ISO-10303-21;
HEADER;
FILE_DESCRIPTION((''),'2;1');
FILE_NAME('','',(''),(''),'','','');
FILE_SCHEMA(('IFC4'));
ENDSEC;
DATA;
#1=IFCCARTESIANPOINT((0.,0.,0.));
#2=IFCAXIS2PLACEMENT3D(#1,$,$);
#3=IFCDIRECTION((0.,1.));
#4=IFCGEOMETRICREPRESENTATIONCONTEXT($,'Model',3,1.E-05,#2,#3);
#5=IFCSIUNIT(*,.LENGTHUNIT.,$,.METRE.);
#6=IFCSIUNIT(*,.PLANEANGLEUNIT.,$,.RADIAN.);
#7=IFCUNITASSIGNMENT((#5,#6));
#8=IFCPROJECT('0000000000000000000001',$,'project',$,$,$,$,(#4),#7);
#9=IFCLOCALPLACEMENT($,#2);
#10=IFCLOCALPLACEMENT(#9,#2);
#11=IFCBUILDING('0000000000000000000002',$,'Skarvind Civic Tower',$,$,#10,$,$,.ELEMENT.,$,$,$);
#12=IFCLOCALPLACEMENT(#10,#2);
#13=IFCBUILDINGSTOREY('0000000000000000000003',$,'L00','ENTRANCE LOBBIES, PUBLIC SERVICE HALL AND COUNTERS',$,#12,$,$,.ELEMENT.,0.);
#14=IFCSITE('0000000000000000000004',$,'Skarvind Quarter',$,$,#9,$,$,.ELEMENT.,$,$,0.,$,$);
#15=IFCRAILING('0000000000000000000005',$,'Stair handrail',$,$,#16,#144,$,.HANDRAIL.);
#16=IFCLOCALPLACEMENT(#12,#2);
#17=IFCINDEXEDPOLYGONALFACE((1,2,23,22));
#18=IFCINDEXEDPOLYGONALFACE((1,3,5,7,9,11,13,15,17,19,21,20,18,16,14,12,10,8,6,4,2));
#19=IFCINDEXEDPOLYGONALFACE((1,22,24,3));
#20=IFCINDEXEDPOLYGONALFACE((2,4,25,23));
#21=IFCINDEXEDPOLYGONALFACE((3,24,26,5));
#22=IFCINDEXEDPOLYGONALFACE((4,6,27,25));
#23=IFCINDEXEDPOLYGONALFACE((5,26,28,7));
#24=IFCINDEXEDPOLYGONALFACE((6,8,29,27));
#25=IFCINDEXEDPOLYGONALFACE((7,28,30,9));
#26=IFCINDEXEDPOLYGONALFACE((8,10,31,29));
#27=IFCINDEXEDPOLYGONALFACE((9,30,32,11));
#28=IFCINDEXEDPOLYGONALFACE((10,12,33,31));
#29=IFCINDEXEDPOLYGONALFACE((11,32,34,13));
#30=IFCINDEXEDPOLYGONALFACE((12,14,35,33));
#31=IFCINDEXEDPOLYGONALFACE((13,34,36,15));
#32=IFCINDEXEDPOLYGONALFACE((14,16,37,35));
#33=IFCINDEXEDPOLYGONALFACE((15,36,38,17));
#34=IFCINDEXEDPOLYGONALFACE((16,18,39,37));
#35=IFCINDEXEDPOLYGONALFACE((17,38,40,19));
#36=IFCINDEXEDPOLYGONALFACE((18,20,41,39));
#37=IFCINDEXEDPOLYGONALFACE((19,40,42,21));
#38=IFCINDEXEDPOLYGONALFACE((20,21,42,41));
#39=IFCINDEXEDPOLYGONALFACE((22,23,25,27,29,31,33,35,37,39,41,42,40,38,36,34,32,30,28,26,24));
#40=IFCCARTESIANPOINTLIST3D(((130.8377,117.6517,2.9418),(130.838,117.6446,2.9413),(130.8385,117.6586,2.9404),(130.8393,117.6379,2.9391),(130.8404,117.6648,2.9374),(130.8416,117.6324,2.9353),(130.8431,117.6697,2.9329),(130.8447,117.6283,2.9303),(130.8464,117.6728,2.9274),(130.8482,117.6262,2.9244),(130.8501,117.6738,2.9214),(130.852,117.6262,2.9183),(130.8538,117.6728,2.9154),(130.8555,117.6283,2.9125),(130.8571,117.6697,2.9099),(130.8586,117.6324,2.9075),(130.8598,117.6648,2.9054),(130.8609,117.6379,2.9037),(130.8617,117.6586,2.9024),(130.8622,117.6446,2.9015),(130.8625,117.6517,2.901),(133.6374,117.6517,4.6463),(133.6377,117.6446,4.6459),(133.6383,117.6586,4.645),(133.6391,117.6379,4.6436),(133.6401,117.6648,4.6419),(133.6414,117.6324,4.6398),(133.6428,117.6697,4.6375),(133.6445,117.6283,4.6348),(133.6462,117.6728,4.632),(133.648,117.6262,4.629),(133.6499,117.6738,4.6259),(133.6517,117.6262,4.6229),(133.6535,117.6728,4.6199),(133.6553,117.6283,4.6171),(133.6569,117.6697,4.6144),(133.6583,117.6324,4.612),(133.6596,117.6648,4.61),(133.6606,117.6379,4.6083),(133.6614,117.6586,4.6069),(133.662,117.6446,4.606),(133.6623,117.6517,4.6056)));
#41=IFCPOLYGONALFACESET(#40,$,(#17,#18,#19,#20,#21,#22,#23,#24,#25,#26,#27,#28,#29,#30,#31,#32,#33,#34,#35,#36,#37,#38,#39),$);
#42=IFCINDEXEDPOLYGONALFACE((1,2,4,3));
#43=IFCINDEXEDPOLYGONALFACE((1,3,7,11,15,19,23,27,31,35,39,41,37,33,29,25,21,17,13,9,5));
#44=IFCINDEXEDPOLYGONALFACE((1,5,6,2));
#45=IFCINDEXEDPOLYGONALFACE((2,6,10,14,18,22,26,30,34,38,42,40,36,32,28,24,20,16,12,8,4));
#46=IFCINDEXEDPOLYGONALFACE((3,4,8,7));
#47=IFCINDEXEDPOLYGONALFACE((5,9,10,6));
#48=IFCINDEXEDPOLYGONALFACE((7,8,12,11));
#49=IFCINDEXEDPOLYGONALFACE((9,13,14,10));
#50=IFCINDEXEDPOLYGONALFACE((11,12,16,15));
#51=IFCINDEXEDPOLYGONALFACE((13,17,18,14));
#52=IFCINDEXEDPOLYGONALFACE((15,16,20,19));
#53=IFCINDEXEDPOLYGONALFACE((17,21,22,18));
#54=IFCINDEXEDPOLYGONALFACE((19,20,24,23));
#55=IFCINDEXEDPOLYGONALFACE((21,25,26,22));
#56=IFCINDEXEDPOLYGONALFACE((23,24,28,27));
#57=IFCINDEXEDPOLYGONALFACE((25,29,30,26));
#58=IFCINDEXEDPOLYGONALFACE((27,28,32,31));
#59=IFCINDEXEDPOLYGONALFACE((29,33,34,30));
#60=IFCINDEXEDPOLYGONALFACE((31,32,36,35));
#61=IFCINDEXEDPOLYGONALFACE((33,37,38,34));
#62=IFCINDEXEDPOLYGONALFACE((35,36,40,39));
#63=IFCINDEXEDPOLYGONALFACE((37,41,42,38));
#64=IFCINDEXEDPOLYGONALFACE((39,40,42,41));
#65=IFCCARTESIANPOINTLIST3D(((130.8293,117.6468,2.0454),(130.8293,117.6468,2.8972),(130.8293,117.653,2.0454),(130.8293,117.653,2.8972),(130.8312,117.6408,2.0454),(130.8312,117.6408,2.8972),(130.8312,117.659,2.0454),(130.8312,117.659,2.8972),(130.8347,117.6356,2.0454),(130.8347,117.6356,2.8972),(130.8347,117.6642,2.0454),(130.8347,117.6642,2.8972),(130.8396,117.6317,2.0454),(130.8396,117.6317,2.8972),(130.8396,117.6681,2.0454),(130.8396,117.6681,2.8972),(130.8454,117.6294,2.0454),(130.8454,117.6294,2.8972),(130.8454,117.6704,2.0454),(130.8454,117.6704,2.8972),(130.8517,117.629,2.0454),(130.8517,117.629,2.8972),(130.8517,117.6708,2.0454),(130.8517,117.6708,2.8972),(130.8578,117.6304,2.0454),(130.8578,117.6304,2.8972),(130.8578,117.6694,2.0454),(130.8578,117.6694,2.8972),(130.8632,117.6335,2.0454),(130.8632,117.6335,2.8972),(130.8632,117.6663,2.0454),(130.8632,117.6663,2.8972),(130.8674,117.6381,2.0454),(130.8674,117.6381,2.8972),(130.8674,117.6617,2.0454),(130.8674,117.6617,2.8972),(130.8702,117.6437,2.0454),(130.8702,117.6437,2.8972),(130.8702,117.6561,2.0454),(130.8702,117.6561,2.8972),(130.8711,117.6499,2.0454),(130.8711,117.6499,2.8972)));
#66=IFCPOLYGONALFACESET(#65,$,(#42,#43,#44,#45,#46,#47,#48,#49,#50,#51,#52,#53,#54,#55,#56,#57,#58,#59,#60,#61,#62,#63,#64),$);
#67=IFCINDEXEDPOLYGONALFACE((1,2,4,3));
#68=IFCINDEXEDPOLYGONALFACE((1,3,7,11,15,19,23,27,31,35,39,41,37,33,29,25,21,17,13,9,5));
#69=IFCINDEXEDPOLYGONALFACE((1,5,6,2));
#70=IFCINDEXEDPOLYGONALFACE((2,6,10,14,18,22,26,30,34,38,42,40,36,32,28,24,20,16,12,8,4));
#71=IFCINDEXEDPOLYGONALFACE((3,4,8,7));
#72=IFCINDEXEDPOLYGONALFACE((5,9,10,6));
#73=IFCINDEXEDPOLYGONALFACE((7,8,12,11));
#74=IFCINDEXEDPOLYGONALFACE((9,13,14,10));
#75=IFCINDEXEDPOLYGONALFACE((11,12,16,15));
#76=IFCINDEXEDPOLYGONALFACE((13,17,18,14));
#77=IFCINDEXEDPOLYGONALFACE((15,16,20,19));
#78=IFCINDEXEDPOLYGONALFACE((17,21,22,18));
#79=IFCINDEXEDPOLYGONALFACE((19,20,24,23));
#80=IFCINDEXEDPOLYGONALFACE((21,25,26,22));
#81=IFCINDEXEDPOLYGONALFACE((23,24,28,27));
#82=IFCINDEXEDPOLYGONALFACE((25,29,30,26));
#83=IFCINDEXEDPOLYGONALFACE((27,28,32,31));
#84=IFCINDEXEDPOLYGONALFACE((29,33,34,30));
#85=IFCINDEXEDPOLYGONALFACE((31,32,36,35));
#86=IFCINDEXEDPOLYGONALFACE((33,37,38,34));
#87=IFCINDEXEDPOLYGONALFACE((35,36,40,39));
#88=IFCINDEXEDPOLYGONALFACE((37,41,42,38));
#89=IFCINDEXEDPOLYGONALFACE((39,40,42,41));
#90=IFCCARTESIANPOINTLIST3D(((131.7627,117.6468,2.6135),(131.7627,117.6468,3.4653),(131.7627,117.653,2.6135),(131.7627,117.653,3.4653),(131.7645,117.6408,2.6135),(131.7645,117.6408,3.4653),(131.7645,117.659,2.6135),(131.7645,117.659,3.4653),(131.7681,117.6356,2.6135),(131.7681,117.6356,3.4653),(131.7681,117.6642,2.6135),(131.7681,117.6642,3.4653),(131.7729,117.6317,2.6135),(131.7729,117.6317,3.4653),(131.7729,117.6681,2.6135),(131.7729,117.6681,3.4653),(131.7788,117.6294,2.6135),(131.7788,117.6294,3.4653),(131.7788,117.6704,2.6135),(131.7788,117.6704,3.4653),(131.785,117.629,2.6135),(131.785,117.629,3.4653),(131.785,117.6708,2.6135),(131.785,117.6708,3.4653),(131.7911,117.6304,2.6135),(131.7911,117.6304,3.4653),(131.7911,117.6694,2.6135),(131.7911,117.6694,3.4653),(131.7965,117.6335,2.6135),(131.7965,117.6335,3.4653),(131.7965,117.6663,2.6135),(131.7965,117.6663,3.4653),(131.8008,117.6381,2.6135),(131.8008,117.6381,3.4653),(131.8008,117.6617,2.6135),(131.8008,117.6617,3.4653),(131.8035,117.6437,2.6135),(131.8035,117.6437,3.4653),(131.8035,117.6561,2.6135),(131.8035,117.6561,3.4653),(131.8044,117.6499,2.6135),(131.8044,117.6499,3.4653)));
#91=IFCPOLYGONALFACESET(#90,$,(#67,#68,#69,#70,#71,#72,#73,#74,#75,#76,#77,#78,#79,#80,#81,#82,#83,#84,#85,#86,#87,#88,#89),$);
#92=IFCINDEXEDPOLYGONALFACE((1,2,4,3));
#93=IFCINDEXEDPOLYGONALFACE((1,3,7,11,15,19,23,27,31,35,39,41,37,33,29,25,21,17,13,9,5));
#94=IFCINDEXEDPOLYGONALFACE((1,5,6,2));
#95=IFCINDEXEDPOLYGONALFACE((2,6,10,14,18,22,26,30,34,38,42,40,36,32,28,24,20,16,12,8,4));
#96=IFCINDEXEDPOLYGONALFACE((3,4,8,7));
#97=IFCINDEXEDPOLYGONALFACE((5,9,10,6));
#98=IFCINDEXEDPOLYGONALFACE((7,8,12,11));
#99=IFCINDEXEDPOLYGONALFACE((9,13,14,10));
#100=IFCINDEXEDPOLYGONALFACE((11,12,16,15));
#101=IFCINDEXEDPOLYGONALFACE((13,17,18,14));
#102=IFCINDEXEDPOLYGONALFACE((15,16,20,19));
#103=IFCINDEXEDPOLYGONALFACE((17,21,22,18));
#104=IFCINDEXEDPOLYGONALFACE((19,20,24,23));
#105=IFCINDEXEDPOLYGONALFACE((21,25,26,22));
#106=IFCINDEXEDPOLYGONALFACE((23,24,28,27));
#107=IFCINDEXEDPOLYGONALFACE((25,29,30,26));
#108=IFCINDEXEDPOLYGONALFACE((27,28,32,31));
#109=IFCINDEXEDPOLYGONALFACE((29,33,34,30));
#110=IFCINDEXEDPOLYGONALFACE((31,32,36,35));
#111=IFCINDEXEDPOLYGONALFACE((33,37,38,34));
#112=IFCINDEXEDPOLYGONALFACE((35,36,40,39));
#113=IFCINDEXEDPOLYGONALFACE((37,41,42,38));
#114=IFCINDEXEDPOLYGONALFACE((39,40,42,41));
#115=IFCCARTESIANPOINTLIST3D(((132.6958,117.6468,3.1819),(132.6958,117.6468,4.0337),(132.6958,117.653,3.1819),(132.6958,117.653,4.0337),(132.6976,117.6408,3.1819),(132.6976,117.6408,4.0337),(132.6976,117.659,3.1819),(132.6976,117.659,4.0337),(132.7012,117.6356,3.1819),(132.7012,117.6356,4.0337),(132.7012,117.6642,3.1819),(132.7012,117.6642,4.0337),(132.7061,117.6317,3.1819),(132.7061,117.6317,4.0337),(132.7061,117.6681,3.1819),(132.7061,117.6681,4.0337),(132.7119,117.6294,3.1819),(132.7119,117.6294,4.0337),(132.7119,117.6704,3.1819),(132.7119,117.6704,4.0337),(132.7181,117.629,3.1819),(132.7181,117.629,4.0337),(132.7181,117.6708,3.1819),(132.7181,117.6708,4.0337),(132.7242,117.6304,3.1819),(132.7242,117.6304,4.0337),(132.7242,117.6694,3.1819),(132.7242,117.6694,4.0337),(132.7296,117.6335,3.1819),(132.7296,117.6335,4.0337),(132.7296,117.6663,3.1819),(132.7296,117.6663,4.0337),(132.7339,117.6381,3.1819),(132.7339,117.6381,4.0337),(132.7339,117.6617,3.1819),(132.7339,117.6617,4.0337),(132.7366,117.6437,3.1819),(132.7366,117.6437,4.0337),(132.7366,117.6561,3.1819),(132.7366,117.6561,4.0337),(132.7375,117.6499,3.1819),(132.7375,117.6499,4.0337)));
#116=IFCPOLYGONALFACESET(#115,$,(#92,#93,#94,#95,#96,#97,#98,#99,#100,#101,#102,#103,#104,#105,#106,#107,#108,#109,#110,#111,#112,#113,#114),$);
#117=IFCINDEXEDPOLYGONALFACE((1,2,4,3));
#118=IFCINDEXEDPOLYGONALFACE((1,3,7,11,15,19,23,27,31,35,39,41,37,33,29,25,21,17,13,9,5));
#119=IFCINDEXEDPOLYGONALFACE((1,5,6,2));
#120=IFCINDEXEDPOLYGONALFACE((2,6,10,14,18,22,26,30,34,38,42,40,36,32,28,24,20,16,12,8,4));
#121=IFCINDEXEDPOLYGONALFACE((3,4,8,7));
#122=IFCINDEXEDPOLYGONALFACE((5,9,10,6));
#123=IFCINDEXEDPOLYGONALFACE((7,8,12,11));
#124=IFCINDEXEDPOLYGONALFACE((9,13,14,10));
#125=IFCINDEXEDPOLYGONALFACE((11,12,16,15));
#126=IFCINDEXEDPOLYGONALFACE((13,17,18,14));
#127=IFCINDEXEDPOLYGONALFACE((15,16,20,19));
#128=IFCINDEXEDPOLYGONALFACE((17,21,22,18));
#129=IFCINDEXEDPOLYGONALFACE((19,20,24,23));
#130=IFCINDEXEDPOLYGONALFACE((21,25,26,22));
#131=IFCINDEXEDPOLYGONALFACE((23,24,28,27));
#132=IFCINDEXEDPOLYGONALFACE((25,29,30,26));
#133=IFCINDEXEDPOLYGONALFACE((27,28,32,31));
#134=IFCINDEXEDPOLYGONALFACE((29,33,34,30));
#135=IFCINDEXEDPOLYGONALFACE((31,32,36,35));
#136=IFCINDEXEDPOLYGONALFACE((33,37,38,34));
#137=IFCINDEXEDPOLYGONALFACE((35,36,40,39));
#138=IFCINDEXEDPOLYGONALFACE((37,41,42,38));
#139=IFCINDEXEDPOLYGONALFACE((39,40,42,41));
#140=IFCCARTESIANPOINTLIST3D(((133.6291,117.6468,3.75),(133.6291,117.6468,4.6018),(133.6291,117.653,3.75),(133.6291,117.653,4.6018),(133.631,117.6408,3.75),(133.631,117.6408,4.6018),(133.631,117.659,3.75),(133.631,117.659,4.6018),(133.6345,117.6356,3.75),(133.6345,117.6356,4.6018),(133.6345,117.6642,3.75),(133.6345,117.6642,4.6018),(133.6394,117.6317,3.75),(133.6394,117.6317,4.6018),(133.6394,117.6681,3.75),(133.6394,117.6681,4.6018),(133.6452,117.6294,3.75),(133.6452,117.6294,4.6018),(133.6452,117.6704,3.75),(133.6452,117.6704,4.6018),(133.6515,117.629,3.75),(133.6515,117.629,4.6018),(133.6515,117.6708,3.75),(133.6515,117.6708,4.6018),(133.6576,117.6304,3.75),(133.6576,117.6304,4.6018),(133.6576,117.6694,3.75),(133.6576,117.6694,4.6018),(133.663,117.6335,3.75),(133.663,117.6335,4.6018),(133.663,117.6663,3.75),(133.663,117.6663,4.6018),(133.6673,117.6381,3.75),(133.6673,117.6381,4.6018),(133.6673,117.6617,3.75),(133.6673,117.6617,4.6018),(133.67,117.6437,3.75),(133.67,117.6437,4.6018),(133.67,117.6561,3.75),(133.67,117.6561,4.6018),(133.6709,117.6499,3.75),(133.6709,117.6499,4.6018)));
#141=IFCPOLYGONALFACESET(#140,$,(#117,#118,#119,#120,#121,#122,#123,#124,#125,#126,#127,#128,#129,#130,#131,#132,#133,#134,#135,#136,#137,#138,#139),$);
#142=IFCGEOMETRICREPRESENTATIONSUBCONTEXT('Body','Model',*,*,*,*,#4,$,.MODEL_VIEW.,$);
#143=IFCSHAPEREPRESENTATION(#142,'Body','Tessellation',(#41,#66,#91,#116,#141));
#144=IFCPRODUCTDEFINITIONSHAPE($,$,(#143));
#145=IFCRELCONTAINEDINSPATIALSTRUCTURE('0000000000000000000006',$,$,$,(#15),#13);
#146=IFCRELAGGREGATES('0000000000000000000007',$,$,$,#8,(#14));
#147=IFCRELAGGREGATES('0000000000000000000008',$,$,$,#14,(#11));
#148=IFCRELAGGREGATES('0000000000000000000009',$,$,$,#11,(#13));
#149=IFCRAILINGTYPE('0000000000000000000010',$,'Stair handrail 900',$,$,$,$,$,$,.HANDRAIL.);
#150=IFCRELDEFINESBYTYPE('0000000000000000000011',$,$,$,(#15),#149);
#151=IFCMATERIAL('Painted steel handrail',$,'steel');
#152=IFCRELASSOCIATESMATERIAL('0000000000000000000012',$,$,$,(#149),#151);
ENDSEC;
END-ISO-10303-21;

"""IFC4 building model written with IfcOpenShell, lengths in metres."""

from ifc_helpers import new_model, si_unit, direction, frame, origin, origin_2d, place, context, subcontext, project, spatial, circle, extrude, material, type_object, element, save


model = new_model("IFC4")

# Units and contexts
model_context = context("Model", 3, precision=1e-05, world=origin(), true_north=direction((0.0, 1.0)))
body_context = subcontext(model_context, "Body", "Model", "MODEL_VIEW")
ifc_project = project(units=[si_unit("LENGTHUNIT", "METRE"), si_unit("PLANEANGLEUNIT", "RADIAN")], contexts=[model_context])

# Site, building, storey
site_placement = place(None, origin())
site = spatial("IfcSite", under=ifc_project, at=site_placement, Name="Skarvind Quarter", CompositionType="ELEMENT", RefElevation=0.0)
building_placement = place(site_placement, origin())
building = spatial("IfcBuilding", under=site, at=building_placement, Name="Skarvind Civic Tower", CompositionType="ELEMENT")
storey_placement = place(building_placement, origin())
storey = spatial("IfcBuildingStorey", under=building, at=storey_placement, Name="L00", Description="ENTRANCE LOBBIES, PUBLIC SERVICE HALL AND COUNTERS", CompositionType="ELEMENT", Elevation=0.0)

# Railing
ifc_material_1 = material(Name="Painted steel handrail", Category="steel")
railing_type = type_object("IfcRailingType", Name="Stair handrail 900", PredefinedType="HANDRAIL", material=ifc_material_1)
for number, where, name in (
    (1, (130.8501, 117.6499, 2.0454), "Stair handrail"),
):
    element("IfcRailing", number, at=place(storey_placement, frame(where)), inside=storey, type_object=railing_type, Name=name, PredefinedType="HANDRAIL", context=body_context, shape_type="SweptSolid", body=[
        extrude(circle(Radius=0.0239, at=origin_2d()), frame((0.0, 0.0, 0.876), z_axis=(0.85415, 0.0, 0.520027), x_axis=(0.0, 1.0, 0.0)), (0.0, 0.0, 1.0), 3.2778),
        extrude(circle(Radius=0.021, at=origin_2d()), origin(), (0.0, 0.0, 1.0), 0.8518),
        extrude(circle(Radius=0.021, at=origin_2d()), frame((0.9333, 0.0, 0.5681)), (0.0, 0.0, 1.0), 0.8518),
        extrude(circle(Radius=0.021, at=origin_2d()), frame((1.8665, 0.0, 1.1365)), (0.0, 0.0, 1.0), 0.8518),
        extrude(circle(Radius=0.021, at=origin_2d()), frame((2.7998, 0.0, 1.7046)), (0.0, 0.0, 1.0), 0.8518),
    ])

save(model, "model.ifc")
